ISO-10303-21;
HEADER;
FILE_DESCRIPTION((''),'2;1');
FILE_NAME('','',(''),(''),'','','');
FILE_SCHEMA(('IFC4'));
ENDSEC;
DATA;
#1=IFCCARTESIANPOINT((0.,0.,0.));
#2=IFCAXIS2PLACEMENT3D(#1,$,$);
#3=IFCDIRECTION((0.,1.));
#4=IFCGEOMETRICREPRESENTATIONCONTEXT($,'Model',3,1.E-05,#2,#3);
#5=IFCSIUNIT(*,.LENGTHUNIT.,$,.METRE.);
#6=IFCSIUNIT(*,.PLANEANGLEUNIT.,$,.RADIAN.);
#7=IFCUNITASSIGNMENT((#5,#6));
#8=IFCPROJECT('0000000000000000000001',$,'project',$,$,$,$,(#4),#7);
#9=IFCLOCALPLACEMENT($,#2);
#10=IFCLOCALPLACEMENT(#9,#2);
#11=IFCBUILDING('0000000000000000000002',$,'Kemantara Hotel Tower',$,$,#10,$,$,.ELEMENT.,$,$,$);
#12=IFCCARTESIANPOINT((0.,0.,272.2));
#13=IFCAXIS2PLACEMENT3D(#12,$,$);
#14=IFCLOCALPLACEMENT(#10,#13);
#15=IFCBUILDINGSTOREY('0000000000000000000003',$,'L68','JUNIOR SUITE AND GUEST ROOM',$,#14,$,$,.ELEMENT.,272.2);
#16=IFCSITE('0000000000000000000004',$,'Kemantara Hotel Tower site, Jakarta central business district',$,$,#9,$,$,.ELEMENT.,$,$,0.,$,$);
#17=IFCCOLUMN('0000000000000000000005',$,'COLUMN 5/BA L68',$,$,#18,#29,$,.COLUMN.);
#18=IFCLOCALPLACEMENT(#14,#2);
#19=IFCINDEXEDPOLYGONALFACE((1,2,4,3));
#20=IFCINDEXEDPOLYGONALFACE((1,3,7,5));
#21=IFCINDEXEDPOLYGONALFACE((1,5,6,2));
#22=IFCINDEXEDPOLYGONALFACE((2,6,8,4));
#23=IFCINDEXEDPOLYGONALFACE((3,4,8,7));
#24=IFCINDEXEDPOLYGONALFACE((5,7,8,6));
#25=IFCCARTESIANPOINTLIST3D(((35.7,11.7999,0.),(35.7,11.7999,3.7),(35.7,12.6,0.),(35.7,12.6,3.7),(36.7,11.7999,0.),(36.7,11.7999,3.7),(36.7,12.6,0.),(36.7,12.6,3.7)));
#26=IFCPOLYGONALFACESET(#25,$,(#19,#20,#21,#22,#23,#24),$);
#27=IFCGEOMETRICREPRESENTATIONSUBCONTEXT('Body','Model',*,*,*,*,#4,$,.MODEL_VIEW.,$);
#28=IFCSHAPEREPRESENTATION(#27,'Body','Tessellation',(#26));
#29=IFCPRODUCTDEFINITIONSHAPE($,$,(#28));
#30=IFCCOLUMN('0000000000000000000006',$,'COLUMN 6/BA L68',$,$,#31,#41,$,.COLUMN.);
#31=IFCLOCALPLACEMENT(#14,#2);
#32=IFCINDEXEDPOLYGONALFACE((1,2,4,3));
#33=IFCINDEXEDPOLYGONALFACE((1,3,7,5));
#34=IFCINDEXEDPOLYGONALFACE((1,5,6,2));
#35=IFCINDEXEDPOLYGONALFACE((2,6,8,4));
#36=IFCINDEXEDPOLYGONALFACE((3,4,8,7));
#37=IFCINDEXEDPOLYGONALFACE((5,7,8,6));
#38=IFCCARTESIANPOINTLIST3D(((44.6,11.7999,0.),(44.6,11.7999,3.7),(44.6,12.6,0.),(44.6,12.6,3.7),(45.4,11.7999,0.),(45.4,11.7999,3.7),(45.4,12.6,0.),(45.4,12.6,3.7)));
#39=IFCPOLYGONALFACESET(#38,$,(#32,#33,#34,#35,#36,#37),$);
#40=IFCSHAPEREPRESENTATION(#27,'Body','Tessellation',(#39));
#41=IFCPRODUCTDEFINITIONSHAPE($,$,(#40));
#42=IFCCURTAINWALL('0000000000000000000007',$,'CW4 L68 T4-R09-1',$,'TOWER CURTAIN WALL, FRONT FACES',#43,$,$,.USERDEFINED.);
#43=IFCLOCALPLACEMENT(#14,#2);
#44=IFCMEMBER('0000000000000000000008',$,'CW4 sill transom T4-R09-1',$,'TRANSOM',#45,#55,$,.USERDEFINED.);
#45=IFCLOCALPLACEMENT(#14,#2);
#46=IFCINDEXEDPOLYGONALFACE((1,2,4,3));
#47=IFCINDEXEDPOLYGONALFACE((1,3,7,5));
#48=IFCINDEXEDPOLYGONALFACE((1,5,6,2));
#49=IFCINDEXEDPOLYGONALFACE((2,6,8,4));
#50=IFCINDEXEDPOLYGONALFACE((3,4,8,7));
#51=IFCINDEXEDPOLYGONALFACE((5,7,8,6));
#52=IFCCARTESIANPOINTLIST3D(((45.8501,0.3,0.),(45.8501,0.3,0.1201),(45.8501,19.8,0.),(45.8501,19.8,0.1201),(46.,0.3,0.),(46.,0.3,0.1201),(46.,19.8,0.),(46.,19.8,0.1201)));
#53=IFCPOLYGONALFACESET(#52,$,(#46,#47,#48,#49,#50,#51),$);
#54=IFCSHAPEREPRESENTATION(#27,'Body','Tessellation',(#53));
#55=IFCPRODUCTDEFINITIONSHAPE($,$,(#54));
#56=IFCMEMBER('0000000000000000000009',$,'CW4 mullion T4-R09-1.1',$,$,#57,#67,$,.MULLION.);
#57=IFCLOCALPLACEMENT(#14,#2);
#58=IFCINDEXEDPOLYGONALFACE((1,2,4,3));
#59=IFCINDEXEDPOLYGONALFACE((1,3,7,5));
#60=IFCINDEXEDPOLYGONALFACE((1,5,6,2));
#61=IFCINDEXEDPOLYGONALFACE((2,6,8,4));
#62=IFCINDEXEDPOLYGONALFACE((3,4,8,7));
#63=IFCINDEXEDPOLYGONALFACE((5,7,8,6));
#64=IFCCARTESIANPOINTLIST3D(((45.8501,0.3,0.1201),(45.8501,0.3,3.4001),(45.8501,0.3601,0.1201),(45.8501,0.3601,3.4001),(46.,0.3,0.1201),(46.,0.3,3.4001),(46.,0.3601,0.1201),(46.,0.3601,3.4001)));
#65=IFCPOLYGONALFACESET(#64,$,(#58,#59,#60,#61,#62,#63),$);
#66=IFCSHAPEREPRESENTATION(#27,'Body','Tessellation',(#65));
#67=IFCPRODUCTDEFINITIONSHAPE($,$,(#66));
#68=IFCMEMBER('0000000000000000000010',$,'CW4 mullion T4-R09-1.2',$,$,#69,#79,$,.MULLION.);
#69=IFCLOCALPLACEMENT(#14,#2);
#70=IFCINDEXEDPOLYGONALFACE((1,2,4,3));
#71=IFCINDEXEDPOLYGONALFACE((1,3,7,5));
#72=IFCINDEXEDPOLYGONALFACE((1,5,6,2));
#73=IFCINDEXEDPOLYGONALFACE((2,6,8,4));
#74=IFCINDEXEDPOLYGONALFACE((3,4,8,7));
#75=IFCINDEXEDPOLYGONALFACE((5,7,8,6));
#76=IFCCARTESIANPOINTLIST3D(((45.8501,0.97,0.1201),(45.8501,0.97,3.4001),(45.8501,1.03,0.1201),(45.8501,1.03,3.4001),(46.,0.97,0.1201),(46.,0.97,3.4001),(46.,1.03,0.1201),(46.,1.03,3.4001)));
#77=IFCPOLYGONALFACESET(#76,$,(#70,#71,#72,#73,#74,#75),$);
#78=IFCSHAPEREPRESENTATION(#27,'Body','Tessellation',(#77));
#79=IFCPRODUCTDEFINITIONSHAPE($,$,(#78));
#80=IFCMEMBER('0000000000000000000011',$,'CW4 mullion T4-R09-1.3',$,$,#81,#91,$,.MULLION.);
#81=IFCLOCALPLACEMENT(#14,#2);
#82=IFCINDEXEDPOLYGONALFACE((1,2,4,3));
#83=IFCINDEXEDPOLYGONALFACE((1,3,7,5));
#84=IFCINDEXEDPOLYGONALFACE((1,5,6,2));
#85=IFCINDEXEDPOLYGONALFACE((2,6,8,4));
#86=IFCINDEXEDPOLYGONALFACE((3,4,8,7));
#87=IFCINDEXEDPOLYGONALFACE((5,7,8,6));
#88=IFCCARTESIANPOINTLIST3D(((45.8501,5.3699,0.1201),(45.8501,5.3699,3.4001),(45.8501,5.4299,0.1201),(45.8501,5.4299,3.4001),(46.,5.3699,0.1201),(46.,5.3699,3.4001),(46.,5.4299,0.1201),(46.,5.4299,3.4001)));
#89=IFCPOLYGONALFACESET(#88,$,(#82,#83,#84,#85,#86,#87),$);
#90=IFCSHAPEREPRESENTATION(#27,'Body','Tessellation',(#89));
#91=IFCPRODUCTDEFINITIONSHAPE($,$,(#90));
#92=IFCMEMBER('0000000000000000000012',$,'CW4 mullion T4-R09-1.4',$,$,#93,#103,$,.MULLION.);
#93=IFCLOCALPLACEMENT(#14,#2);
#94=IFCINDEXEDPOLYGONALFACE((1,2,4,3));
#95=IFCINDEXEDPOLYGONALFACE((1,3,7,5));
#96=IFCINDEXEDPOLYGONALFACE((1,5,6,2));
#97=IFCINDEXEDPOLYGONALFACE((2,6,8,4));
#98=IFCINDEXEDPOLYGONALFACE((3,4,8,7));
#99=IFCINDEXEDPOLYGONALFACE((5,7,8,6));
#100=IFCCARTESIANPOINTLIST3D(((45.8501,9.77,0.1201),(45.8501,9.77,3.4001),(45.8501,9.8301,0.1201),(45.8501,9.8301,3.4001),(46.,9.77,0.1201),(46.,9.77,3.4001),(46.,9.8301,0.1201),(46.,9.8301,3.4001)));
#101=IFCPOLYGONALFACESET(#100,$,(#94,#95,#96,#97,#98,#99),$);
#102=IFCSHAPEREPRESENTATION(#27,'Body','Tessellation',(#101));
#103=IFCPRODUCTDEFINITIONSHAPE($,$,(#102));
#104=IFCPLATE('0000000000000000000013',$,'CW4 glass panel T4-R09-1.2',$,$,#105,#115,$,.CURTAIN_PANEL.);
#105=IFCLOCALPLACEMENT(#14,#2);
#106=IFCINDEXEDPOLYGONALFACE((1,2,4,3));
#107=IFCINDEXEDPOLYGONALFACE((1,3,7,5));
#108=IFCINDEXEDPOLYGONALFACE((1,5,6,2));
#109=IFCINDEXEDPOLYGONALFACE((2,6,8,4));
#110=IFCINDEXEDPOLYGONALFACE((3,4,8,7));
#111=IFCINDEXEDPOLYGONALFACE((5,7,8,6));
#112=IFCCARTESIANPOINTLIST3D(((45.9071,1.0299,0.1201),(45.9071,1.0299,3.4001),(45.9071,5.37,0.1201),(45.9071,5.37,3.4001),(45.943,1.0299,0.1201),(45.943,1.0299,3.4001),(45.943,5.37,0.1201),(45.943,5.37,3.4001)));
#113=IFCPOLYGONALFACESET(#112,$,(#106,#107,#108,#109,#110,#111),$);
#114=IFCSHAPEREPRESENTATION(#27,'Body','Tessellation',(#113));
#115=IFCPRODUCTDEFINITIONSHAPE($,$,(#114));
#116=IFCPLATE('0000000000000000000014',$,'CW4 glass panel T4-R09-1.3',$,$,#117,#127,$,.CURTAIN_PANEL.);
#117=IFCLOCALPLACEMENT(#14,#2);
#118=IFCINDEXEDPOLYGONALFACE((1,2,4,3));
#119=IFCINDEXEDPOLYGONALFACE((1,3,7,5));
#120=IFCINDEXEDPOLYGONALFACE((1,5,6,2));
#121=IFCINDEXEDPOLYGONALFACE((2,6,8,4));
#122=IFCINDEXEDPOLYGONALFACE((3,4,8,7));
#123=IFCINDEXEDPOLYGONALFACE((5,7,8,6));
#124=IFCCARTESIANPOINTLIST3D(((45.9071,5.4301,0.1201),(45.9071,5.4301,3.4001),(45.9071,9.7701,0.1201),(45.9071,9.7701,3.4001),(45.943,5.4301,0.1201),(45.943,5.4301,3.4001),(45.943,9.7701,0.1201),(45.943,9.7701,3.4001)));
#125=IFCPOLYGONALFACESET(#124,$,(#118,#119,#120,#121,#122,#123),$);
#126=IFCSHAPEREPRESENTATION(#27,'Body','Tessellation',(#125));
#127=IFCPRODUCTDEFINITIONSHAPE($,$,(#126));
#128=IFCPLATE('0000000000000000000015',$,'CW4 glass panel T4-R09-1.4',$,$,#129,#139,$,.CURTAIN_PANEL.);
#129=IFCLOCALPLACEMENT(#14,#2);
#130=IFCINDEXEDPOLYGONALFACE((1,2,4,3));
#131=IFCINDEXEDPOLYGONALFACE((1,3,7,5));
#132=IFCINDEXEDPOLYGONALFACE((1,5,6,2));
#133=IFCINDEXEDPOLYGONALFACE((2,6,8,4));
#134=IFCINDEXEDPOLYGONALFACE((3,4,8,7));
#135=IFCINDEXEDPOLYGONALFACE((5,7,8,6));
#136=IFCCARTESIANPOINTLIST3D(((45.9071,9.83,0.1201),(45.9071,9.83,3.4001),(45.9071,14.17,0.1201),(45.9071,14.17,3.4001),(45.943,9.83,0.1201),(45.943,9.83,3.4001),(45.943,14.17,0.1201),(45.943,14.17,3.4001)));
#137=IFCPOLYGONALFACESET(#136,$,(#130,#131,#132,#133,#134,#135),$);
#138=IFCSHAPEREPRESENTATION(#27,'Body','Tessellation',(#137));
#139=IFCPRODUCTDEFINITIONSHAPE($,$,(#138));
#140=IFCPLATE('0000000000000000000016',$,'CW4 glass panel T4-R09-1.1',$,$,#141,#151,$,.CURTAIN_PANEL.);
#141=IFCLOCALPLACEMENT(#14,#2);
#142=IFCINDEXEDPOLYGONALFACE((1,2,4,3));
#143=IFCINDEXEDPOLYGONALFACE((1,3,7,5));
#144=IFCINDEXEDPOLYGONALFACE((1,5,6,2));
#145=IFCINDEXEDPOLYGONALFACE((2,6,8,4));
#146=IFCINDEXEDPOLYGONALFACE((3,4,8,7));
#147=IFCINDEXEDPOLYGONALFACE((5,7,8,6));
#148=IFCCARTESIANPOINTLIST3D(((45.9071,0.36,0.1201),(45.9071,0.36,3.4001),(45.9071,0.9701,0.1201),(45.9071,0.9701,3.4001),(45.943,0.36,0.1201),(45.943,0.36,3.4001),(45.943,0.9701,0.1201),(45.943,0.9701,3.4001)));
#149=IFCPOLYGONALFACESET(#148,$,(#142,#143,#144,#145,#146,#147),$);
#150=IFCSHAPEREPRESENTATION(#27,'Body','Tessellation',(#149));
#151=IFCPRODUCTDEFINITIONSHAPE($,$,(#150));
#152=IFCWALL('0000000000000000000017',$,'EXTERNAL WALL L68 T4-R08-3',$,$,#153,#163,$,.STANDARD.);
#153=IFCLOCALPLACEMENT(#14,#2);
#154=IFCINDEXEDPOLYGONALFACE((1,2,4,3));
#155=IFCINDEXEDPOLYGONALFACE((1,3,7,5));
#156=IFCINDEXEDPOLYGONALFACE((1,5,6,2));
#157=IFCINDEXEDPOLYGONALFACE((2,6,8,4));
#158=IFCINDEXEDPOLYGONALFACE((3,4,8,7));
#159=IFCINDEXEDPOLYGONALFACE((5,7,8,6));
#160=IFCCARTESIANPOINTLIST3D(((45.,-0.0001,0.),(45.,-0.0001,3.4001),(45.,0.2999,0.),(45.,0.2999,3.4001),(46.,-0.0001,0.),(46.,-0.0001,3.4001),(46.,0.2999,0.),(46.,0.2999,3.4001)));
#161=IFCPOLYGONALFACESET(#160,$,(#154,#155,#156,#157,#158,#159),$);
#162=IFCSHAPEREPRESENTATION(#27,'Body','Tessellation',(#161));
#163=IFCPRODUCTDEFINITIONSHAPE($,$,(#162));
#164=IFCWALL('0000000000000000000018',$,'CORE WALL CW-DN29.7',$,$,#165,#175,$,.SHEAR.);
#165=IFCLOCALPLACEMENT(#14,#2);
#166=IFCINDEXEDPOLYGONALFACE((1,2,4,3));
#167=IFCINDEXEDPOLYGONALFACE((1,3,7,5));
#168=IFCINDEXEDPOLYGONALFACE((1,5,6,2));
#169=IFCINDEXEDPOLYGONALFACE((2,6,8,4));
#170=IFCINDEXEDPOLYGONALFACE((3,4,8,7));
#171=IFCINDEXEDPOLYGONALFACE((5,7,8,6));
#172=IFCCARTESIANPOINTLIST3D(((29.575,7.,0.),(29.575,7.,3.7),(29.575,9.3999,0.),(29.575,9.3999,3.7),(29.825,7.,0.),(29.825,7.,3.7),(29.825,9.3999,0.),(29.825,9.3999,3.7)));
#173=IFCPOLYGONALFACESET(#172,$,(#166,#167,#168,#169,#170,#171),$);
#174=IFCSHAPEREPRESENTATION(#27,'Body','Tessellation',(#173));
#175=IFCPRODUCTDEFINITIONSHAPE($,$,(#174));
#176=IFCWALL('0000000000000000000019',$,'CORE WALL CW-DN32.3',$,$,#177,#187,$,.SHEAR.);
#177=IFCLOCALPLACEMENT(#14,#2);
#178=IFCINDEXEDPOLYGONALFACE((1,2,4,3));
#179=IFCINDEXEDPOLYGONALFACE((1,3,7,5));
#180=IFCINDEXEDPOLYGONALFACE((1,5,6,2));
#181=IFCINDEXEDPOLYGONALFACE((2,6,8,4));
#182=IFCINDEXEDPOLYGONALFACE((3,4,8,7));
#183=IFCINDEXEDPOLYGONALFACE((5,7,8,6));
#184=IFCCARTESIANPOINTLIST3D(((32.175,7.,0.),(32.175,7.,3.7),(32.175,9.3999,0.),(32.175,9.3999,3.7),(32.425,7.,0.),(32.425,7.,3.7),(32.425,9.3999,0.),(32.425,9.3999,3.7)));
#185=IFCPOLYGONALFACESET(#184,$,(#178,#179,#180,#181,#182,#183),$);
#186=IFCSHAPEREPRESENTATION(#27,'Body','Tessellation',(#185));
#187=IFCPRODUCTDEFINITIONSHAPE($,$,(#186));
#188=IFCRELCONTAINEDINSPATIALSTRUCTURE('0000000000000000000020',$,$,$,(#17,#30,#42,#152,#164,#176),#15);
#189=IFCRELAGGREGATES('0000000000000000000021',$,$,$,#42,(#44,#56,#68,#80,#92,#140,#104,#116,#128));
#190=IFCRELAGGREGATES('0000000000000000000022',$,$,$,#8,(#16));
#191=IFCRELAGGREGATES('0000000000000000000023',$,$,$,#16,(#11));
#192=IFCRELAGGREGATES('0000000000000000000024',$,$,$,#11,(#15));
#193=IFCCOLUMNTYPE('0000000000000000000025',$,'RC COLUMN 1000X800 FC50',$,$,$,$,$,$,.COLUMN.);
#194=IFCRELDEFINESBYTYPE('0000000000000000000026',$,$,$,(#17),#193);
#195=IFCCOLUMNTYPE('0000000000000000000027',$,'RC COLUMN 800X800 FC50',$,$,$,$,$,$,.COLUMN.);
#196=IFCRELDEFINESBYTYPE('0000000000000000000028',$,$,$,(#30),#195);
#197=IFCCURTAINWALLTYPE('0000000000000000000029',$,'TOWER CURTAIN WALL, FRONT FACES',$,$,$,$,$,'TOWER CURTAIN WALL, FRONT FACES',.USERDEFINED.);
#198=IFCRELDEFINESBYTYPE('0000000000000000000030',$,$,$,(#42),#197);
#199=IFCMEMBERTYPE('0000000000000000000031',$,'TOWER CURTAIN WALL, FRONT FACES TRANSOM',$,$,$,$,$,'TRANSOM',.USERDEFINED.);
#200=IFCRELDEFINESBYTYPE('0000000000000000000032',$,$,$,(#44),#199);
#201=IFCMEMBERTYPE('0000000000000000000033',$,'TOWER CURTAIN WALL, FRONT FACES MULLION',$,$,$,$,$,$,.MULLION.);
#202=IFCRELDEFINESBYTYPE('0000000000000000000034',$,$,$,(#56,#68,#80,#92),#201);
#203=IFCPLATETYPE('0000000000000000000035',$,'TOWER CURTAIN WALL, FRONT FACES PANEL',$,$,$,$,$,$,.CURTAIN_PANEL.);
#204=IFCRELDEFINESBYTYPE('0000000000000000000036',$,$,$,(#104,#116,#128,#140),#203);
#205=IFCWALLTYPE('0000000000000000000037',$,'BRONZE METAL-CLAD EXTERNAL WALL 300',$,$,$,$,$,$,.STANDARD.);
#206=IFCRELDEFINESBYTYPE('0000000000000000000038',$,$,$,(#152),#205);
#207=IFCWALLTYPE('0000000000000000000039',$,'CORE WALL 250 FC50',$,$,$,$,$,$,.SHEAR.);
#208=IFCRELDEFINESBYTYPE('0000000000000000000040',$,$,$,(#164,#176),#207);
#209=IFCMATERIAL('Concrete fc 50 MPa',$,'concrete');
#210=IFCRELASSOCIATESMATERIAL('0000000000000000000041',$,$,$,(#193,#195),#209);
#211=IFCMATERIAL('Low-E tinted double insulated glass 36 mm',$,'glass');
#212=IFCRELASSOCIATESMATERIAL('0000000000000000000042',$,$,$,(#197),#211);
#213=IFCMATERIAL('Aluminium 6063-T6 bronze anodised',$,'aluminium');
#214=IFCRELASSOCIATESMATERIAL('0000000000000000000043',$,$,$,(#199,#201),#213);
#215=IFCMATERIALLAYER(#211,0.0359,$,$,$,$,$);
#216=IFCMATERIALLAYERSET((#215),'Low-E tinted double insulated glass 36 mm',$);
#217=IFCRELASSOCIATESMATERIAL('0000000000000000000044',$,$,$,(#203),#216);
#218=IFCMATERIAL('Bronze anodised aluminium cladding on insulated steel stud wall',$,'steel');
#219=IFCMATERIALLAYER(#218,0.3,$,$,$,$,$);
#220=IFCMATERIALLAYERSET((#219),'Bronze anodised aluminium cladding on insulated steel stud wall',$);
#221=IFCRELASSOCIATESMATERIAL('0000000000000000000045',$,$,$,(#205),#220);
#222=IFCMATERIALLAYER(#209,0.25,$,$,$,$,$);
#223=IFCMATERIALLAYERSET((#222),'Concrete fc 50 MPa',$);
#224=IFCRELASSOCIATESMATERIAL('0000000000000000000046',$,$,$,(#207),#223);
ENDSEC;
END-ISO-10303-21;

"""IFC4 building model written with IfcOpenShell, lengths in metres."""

from ifc_helpers import new_model, si_unit, direction, frame, frame_2d, origin, origin_2d, place, context, subcontext, project, spatial, rectangle, extrude, source, transform, mapped, material, layer, layer_set, material_profile, profile_set, type_object, element, aggregate, save


model = new_model("IFC4")

# Units and contexts
model_context = context("Model", 3, precision=1e-05, world=origin(), true_north=direction((0.0, 1.0)))
body_context = subcontext(model_context, "Body", "Model", "MODEL_VIEW")
ifc_project = project(units=[si_unit("LENGTHUNIT", "METRE"), si_unit("PLANEANGLEUNIT", "RADIAN")], contexts=[model_context])

# Site, building, storey
site_placement = place(None, origin())
site = spatial("IfcSite", under=ifc_project, at=site_placement, Name="Kemantara Hotel Tower site, Jakarta central business district", CompositionType="ELEMENT", RefElevation=0.0)
building_placement = place(site_placement, origin())
building = spatial("IfcBuilding", under=site, at=building_placement, Name="Kemantara Hotel Tower", CompositionType="ELEMENT")
storey_placement = place(building_placement, frame((0.0, 0.0, 272.2)))
storey = spatial("IfcBuildingStorey", under=building, at=storey_placement, Name="L68", Description="JUNIOR SUITE AND GUEST ROOM", CompositionType="ELEMENT", Elevation=272.2)

# Columns
ifc_material_1 = material(Name="Concrete fc 50 MPa", Category="concrete")
ifc_material_profile_1 = material_profile(ifc_material_1, rectangle(XDim=1.0, YDim=0.8, at=origin_2d()), Name="RC 1000X800")
ifc_profile_set_1 = profile_set([ifc_material_profile_1], Name="Concrete fc 50 MPa")
column_type_1 = type_object("IfcColumnType", Name="RC COLUMN 1000X800 FC50", PredefinedType="COLUMN", material=ifc_profile_set_1)
column_1_placement = place(storey_placement, frame((36.2, 12.2, 0.0), z_axis=(0.0, 0.0, 1.0), x_axis=(1.0, 0.0, 0.0)))
element("IfcColumn", 1, at=column_1_placement, inside=storey, type_object=column_type_1, Name="COLUMN 5/BA L68", PredefinedType="COLUMN", context=body_context, shape_type="SweptSolid", body=[
    extrude(rectangle(XDim=1.0, YDim=0.8, at=origin_2d()), origin(), (0.0, 0.0, 1.0), 3.7),
])
ifc_material_profile_2 = material_profile(ifc_material_1, rectangle(XDim=0.8, YDim=0.8, at=origin_2d()), Name="RC 800X800")
ifc_profile_set_2 = profile_set([ifc_material_profile_2], Name="Concrete fc 50 MPa")
column_type_2 = type_object("IfcColumnType", Name="RC COLUMN 800X800 FC50", PredefinedType="COLUMN", material=ifc_profile_set_2)
column_2_placement = place(storey_placement, frame((45.0, 12.2, 0.0), z_axis=(0.0, 0.0, 1.0), x_axis=(1.0, 0.0, 0.0)))
element("IfcColumn", 2, at=column_2_placement, inside=storey, type_object=column_type_2, Name="COLUMN 6/BA L68", PredefinedType="COLUMN", context=body_context, shape_type="SweptSolid", body=[
    extrude(rectangle(XDim=0.8, YDim=0.8, at=origin_2d()), origin(), (0.0, 0.0, 1.0), 3.7),
])

# Curtain wall, members, plates
ifc_material_2 = material(Name="Low-E tinted double insulated glass 36 mm", Category="glass")
curtain_wall_type = type_object("IfcCurtainWallType", Name="TOWER CURTAIN WALL, FRONT FACES", ElementType="TOWER CURTAIN WALL, FRONT FACES", PredefinedType="USERDEFINED", material=ifc_material_2)
curtain_wall_placement = place(storey_placement, origin())
curtain_wall = element("IfcCurtainWall", 3, at=curtain_wall_placement, inside=storey, type_object=curtain_wall_type, Name="CW4 L68 T4-R09-1", ObjectType="TOWER CURTAIN WALL, FRONT FACES", PredefinedType="USERDEFINED")
ifc_material_3 = material(Name="Aluminium 6063-T6 bronze anodised", Category="aluminium")
ifc_material_profile_3 = material_profile(ifc_material_3, rectangle(XDim=0.1499, YDim=0.1201, at=origin_2d()), Name="TOWER CURTAIN WALL, FRONT FACES TRANSOM")
ifc_profile_set_3 = profile_set([ifc_material_profile_3], Name="Aluminium 6063-T6 bronze anodised")
member_type_1 = type_object("IfcMemberType", Name="TOWER CURTAIN WALL, FRONT FACES TRANSOM", ElementType="TRANSOM", PredefinedType="USERDEFINED", material=ifc_profile_set_3)
member_1_placement = place(storey_placement, frame((45.925, 0.3, 0.0601), z_axis=(0.0, 1.0, 0.0), x_axis=(-1.0, 0.0, 0.0)))
member_1 = element("IfcMember", 4, at=member_1_placement, type_object=member_type_1, Name="CW4 sill transom T4-R09-1", ObjectType="TRANSOM", PredefinedType="USERDEFINED", context=body_context, shape_type="SweptSolid", body=[
    extrude(rectangle(XDim=0.1499, YDim=0.1201, at=origin_2d()), origin(), (0.0, 0.0, 1.0), 19.5),
])
ifc_material_profile_4 = material_profile(ifc_material_3, rectangle(XDim=0.1499, YDim=0.0601, at=origin_2d()), Name="TOWER CURTAIN WALL, FRONT FACES MULLION")
ifc_profile_set_4 = profile_set([ifc_material_profile_4], Name="Aluminium 6063-T6 bronze anodised")
member_type_2 = type_object("IfcMemberType", Name="TOWER CURTAIN WALL, FRONT FACES MULLION", PredefinedType="MULLION", material=ifc_profile_set_4)
shared_shape_1 = source(origin(), body_context, "Body", "SweptSolid", [
    extrude(rectangle(XDim=0.1499, YDim=0.0601, at=origin_2d()), origin(), (0.0, 0.0, 1.0), 3.28),
])
member_2_placement = place(storey_placement, frame((45.925, 0.3301, 0.1201), z_axis=(0.0, 0.0, 1.0), x_axis=(-1.0, 0.0, 0.0)))
member_2 = element("IfcMember", 5, at=member_2_placement, type_object=member_type_2, Name="CW4 mullion T4-R09-1.1", PredefinedType="MULLION", context=body_context, shape_type="MappedRepresentation", body=[
    mapped(shared_shape_1, transform((0.0, 0.0, 0.0))),
])
member_3_placement = place(storey_placement, frame((45.925, 1.0, 0.1201), z_axis=(0.0, 0.0, 1.0), x_axis=(-1.0, 0.0, 0.0)))
member_3 = element("IfcMember", 6, at=member_3_placement, type_object=member_type_2, Name="CW4 mullion T4-R09-1.2", PredefinedType="MULLION", context=body_context, shape_type="MappedRepresentation", body=[
    mapped(shared_shape_1, transform((0.0, 0.0, 0.0))),
])
member_4_placement = place(storey_placement, frame((45.925, 5.3999, 0.1201), z_axis=(0.0, 0.0, 1.0), x_axis=(-1.0, 0.0, 0.0)))
member_4 = element("IfcMember", 7, at=member_4_placement, type_object=member_type_2, Name="CW4 mullion T4-R09-1.3", PredefinedType="MULLION", context=body_context, shape_type="MappedRepresentation", body=[
    mapped(shared_shape_1, transform((0.0, 0.0, 0.0))),
])
member_5_placement = place(storey_placement, frame((45.925, 9.8, 0.1201), z_axis=(0.0, 0.0, 1.0), x_axis=(-1.0, 0.0, 0.0)))
member_5 = element("IfcMember", 8, at=member_5_placement, type_object=member_type_2, Name="CW4 mullion T4-R09-1.4", PredefinedType="MULLION", context=body_context, shape_type="MappedRepresentation", body=[
    mapped(shared_shape_1, transform((0.0, 0.0, 0.0))),
])
ifc_layer_1 = layer(ifc_material_2, 0.0359)
ifc_layer_set_1 = layer_set([ifc_layer_1], Name="Low-E tinted double insulated glass 36 mm")
plate_type = type_object("IfcPlateType", Name="TOWER CURTAIN WALL, FRONT FACES PANEL", PredefinedType="CURTAIN_PANEL", material=ifc_layer_set_1)
shared_shape_2 = source(origin(), body_context, "Body", "SweptSolid", [
    extrude(rectangle(XDim=4.3401, YDim=0.0359, at=origin_2d()), origin(), (0.0, 0.0, 1.0), 3.28),
])
plate_1_placement = place(storey_placement, frame((45.925, 3.2, 0.1201), z_axis=(0.0, 0.0, 1.0), x_axis=(0.0, 1.0, 0.0)))
plate_1 = element("IfcPlate", 9, at=plate_1_placement, type_object=plate_type, Name="CW4 glass panel T4-R09-1.2", PredefinedType="CURTAIN_PANEL", context=body_context, shape_type="MappedRepresentation", body=[
    mapped(shared_shape_2, transform((0.0, 0.0, 0.0))),
])
plate_2_placement = place(storey_placement, frame((45.925, 7.6001, 0.1201), z_axis=(0.0, 0.0, 1.0), x_axis=(0.0, 1.0, 0.0)))
plate_2 = element("IfcPlate", 10, at=plate_2_placement, type_object=plate_type, Name="CW4 glass panel T4-R09-1.3", PredefinedType="CURTAIN_PANEL", context=body_context, shape_type="MappedRepresentation", body=[
    mapped(shared_shape_2, transform((0.0, 0.0, 0.0))),
])
plate_3_placement = place(storey_placement, frame((45.925, 12.0, 0.1201), z_axis=(0.0, 0.0, 1.0), x_axis=(0.0, 1.0, 0.0)))
plate_3 = element("IfcPlate", 11, at=plate_3_placement, type_object=plate_type, Name="CW4 glass panel T4-R09-1.4", PredefinedType="CURTAIN_PANEL", context=body_context, shape_type="MappedRepresentation", body=[
    mapped(shared_shape_2, transform((0.0, 0.0, 0.0))),
])
shared_shape_3 = source(origin(), body_context, "Body", "SweptSolid", [
    extrude(rectangle(XDim=0.6101, YDim=0.0359, at=origin_2d()), origin(), (0.0, 0.0, 1.0), 3.28),
])
plate_4_placement = place(storey_placement, frame((45.925, 0.665, 0.1201), z_axis=(0.0, 0.0, 1.0), x_axis=(0.0, 1.0, 0.0)))
plate_4 = element("IfcPlate", 12, at=plate_4_placement, type_object=plate_type, Name="CW4 glass panel T4-R09-1.1", PredefinedType="CURTAIN_PANEL", context=body_context, shape_type="MappedRepresentation", body=[
    mapped(shared_shape_3, transform((0.0, 0.0, 0.0))),
])
aggregate(curtain_wall, [member_1, member_2, member_3, member_4, member_5, plate_4, plate_1, plate_2, plate_3])

# Walls
ifc_material_4 = material(Name="Bronze anodised aluminium cladding on insulated steel stud wall", Category="steel")
ifc_layer_2 = layer(ifc_material_4, 0.3)
ifc_layer_set_2 = layer_set([ifc_layer_2], Name="Bronze anodised aluminium cladding on insulated steel stud wall")
wall_type_1 = type_object("IfcWallType", Name="BRONZE METAL-CLAD EXTERNAL WALL 300", PredefinedType="STANDARD", material=ifc_layer_set_2)
wall_1_placement = place(storey_placement, frame((45.0, 0.1499, 0.0), z_axis=(0.0, 0.0, 1.0), x_axis=(1.0, 0.0, 0.0)))
element("IfcWall", 13, at=wall_1_placement, inside=storey, type_object=wall_type_1, Name="EXTERNAL WALL L68 T4-R08-3", PredefinedType="STANDARD", context=body_context, shape_type="SweptSolid", body=[
    extrude(rectangle(XDim=1.0, YDim=0.3, at=frame_2d((0.5, 0.0))), origin(), (0.0, 0.0, 1.0), 3.4001),
])
ifc_layer_3 = layer(ifc_material_1, 0.25)
ifc_layer_set_3 = layer_set([ifc_layer_3], Name="Concrete fc 50 MPa")
wall_type_2 = type_object("IfcWallType", Name="CORE WALL 250 FC50", PredefinedType="SHEAR", material=ifc_layer_set_3)
for number, where, z_axis, x_axis, name in (
    (14, (29.7, 7.0, 0.0), (0.0, 0.0, 1.0), (0.0, 1.0, 0.0), "CORE WALL CW-DN29.7"),
    (15, (32.3, 7.0, 0.0), (0.0, 0.0, 1.0), (0.0, 1.0, 0.0), "CORE WALL CW-DN32.3"),
):
    element("IfcWall", number, at=place(storey_placement, frame(where, z_axis=z_axis, x_axis=x_axis)), inside=storey, type_object=wall_type_2, Name=name, PredefinedType="SHEAR", context=body_context, shape_type="SweptSolid", body=[
        extrude(rectangle(XDim=2.3999, YDim=0.25, at=frame_2d((1.2, 0.0))), origin(), (0.0, 0.0, 1.0), 3.7),
    ])

save(model, "model.ifc")
